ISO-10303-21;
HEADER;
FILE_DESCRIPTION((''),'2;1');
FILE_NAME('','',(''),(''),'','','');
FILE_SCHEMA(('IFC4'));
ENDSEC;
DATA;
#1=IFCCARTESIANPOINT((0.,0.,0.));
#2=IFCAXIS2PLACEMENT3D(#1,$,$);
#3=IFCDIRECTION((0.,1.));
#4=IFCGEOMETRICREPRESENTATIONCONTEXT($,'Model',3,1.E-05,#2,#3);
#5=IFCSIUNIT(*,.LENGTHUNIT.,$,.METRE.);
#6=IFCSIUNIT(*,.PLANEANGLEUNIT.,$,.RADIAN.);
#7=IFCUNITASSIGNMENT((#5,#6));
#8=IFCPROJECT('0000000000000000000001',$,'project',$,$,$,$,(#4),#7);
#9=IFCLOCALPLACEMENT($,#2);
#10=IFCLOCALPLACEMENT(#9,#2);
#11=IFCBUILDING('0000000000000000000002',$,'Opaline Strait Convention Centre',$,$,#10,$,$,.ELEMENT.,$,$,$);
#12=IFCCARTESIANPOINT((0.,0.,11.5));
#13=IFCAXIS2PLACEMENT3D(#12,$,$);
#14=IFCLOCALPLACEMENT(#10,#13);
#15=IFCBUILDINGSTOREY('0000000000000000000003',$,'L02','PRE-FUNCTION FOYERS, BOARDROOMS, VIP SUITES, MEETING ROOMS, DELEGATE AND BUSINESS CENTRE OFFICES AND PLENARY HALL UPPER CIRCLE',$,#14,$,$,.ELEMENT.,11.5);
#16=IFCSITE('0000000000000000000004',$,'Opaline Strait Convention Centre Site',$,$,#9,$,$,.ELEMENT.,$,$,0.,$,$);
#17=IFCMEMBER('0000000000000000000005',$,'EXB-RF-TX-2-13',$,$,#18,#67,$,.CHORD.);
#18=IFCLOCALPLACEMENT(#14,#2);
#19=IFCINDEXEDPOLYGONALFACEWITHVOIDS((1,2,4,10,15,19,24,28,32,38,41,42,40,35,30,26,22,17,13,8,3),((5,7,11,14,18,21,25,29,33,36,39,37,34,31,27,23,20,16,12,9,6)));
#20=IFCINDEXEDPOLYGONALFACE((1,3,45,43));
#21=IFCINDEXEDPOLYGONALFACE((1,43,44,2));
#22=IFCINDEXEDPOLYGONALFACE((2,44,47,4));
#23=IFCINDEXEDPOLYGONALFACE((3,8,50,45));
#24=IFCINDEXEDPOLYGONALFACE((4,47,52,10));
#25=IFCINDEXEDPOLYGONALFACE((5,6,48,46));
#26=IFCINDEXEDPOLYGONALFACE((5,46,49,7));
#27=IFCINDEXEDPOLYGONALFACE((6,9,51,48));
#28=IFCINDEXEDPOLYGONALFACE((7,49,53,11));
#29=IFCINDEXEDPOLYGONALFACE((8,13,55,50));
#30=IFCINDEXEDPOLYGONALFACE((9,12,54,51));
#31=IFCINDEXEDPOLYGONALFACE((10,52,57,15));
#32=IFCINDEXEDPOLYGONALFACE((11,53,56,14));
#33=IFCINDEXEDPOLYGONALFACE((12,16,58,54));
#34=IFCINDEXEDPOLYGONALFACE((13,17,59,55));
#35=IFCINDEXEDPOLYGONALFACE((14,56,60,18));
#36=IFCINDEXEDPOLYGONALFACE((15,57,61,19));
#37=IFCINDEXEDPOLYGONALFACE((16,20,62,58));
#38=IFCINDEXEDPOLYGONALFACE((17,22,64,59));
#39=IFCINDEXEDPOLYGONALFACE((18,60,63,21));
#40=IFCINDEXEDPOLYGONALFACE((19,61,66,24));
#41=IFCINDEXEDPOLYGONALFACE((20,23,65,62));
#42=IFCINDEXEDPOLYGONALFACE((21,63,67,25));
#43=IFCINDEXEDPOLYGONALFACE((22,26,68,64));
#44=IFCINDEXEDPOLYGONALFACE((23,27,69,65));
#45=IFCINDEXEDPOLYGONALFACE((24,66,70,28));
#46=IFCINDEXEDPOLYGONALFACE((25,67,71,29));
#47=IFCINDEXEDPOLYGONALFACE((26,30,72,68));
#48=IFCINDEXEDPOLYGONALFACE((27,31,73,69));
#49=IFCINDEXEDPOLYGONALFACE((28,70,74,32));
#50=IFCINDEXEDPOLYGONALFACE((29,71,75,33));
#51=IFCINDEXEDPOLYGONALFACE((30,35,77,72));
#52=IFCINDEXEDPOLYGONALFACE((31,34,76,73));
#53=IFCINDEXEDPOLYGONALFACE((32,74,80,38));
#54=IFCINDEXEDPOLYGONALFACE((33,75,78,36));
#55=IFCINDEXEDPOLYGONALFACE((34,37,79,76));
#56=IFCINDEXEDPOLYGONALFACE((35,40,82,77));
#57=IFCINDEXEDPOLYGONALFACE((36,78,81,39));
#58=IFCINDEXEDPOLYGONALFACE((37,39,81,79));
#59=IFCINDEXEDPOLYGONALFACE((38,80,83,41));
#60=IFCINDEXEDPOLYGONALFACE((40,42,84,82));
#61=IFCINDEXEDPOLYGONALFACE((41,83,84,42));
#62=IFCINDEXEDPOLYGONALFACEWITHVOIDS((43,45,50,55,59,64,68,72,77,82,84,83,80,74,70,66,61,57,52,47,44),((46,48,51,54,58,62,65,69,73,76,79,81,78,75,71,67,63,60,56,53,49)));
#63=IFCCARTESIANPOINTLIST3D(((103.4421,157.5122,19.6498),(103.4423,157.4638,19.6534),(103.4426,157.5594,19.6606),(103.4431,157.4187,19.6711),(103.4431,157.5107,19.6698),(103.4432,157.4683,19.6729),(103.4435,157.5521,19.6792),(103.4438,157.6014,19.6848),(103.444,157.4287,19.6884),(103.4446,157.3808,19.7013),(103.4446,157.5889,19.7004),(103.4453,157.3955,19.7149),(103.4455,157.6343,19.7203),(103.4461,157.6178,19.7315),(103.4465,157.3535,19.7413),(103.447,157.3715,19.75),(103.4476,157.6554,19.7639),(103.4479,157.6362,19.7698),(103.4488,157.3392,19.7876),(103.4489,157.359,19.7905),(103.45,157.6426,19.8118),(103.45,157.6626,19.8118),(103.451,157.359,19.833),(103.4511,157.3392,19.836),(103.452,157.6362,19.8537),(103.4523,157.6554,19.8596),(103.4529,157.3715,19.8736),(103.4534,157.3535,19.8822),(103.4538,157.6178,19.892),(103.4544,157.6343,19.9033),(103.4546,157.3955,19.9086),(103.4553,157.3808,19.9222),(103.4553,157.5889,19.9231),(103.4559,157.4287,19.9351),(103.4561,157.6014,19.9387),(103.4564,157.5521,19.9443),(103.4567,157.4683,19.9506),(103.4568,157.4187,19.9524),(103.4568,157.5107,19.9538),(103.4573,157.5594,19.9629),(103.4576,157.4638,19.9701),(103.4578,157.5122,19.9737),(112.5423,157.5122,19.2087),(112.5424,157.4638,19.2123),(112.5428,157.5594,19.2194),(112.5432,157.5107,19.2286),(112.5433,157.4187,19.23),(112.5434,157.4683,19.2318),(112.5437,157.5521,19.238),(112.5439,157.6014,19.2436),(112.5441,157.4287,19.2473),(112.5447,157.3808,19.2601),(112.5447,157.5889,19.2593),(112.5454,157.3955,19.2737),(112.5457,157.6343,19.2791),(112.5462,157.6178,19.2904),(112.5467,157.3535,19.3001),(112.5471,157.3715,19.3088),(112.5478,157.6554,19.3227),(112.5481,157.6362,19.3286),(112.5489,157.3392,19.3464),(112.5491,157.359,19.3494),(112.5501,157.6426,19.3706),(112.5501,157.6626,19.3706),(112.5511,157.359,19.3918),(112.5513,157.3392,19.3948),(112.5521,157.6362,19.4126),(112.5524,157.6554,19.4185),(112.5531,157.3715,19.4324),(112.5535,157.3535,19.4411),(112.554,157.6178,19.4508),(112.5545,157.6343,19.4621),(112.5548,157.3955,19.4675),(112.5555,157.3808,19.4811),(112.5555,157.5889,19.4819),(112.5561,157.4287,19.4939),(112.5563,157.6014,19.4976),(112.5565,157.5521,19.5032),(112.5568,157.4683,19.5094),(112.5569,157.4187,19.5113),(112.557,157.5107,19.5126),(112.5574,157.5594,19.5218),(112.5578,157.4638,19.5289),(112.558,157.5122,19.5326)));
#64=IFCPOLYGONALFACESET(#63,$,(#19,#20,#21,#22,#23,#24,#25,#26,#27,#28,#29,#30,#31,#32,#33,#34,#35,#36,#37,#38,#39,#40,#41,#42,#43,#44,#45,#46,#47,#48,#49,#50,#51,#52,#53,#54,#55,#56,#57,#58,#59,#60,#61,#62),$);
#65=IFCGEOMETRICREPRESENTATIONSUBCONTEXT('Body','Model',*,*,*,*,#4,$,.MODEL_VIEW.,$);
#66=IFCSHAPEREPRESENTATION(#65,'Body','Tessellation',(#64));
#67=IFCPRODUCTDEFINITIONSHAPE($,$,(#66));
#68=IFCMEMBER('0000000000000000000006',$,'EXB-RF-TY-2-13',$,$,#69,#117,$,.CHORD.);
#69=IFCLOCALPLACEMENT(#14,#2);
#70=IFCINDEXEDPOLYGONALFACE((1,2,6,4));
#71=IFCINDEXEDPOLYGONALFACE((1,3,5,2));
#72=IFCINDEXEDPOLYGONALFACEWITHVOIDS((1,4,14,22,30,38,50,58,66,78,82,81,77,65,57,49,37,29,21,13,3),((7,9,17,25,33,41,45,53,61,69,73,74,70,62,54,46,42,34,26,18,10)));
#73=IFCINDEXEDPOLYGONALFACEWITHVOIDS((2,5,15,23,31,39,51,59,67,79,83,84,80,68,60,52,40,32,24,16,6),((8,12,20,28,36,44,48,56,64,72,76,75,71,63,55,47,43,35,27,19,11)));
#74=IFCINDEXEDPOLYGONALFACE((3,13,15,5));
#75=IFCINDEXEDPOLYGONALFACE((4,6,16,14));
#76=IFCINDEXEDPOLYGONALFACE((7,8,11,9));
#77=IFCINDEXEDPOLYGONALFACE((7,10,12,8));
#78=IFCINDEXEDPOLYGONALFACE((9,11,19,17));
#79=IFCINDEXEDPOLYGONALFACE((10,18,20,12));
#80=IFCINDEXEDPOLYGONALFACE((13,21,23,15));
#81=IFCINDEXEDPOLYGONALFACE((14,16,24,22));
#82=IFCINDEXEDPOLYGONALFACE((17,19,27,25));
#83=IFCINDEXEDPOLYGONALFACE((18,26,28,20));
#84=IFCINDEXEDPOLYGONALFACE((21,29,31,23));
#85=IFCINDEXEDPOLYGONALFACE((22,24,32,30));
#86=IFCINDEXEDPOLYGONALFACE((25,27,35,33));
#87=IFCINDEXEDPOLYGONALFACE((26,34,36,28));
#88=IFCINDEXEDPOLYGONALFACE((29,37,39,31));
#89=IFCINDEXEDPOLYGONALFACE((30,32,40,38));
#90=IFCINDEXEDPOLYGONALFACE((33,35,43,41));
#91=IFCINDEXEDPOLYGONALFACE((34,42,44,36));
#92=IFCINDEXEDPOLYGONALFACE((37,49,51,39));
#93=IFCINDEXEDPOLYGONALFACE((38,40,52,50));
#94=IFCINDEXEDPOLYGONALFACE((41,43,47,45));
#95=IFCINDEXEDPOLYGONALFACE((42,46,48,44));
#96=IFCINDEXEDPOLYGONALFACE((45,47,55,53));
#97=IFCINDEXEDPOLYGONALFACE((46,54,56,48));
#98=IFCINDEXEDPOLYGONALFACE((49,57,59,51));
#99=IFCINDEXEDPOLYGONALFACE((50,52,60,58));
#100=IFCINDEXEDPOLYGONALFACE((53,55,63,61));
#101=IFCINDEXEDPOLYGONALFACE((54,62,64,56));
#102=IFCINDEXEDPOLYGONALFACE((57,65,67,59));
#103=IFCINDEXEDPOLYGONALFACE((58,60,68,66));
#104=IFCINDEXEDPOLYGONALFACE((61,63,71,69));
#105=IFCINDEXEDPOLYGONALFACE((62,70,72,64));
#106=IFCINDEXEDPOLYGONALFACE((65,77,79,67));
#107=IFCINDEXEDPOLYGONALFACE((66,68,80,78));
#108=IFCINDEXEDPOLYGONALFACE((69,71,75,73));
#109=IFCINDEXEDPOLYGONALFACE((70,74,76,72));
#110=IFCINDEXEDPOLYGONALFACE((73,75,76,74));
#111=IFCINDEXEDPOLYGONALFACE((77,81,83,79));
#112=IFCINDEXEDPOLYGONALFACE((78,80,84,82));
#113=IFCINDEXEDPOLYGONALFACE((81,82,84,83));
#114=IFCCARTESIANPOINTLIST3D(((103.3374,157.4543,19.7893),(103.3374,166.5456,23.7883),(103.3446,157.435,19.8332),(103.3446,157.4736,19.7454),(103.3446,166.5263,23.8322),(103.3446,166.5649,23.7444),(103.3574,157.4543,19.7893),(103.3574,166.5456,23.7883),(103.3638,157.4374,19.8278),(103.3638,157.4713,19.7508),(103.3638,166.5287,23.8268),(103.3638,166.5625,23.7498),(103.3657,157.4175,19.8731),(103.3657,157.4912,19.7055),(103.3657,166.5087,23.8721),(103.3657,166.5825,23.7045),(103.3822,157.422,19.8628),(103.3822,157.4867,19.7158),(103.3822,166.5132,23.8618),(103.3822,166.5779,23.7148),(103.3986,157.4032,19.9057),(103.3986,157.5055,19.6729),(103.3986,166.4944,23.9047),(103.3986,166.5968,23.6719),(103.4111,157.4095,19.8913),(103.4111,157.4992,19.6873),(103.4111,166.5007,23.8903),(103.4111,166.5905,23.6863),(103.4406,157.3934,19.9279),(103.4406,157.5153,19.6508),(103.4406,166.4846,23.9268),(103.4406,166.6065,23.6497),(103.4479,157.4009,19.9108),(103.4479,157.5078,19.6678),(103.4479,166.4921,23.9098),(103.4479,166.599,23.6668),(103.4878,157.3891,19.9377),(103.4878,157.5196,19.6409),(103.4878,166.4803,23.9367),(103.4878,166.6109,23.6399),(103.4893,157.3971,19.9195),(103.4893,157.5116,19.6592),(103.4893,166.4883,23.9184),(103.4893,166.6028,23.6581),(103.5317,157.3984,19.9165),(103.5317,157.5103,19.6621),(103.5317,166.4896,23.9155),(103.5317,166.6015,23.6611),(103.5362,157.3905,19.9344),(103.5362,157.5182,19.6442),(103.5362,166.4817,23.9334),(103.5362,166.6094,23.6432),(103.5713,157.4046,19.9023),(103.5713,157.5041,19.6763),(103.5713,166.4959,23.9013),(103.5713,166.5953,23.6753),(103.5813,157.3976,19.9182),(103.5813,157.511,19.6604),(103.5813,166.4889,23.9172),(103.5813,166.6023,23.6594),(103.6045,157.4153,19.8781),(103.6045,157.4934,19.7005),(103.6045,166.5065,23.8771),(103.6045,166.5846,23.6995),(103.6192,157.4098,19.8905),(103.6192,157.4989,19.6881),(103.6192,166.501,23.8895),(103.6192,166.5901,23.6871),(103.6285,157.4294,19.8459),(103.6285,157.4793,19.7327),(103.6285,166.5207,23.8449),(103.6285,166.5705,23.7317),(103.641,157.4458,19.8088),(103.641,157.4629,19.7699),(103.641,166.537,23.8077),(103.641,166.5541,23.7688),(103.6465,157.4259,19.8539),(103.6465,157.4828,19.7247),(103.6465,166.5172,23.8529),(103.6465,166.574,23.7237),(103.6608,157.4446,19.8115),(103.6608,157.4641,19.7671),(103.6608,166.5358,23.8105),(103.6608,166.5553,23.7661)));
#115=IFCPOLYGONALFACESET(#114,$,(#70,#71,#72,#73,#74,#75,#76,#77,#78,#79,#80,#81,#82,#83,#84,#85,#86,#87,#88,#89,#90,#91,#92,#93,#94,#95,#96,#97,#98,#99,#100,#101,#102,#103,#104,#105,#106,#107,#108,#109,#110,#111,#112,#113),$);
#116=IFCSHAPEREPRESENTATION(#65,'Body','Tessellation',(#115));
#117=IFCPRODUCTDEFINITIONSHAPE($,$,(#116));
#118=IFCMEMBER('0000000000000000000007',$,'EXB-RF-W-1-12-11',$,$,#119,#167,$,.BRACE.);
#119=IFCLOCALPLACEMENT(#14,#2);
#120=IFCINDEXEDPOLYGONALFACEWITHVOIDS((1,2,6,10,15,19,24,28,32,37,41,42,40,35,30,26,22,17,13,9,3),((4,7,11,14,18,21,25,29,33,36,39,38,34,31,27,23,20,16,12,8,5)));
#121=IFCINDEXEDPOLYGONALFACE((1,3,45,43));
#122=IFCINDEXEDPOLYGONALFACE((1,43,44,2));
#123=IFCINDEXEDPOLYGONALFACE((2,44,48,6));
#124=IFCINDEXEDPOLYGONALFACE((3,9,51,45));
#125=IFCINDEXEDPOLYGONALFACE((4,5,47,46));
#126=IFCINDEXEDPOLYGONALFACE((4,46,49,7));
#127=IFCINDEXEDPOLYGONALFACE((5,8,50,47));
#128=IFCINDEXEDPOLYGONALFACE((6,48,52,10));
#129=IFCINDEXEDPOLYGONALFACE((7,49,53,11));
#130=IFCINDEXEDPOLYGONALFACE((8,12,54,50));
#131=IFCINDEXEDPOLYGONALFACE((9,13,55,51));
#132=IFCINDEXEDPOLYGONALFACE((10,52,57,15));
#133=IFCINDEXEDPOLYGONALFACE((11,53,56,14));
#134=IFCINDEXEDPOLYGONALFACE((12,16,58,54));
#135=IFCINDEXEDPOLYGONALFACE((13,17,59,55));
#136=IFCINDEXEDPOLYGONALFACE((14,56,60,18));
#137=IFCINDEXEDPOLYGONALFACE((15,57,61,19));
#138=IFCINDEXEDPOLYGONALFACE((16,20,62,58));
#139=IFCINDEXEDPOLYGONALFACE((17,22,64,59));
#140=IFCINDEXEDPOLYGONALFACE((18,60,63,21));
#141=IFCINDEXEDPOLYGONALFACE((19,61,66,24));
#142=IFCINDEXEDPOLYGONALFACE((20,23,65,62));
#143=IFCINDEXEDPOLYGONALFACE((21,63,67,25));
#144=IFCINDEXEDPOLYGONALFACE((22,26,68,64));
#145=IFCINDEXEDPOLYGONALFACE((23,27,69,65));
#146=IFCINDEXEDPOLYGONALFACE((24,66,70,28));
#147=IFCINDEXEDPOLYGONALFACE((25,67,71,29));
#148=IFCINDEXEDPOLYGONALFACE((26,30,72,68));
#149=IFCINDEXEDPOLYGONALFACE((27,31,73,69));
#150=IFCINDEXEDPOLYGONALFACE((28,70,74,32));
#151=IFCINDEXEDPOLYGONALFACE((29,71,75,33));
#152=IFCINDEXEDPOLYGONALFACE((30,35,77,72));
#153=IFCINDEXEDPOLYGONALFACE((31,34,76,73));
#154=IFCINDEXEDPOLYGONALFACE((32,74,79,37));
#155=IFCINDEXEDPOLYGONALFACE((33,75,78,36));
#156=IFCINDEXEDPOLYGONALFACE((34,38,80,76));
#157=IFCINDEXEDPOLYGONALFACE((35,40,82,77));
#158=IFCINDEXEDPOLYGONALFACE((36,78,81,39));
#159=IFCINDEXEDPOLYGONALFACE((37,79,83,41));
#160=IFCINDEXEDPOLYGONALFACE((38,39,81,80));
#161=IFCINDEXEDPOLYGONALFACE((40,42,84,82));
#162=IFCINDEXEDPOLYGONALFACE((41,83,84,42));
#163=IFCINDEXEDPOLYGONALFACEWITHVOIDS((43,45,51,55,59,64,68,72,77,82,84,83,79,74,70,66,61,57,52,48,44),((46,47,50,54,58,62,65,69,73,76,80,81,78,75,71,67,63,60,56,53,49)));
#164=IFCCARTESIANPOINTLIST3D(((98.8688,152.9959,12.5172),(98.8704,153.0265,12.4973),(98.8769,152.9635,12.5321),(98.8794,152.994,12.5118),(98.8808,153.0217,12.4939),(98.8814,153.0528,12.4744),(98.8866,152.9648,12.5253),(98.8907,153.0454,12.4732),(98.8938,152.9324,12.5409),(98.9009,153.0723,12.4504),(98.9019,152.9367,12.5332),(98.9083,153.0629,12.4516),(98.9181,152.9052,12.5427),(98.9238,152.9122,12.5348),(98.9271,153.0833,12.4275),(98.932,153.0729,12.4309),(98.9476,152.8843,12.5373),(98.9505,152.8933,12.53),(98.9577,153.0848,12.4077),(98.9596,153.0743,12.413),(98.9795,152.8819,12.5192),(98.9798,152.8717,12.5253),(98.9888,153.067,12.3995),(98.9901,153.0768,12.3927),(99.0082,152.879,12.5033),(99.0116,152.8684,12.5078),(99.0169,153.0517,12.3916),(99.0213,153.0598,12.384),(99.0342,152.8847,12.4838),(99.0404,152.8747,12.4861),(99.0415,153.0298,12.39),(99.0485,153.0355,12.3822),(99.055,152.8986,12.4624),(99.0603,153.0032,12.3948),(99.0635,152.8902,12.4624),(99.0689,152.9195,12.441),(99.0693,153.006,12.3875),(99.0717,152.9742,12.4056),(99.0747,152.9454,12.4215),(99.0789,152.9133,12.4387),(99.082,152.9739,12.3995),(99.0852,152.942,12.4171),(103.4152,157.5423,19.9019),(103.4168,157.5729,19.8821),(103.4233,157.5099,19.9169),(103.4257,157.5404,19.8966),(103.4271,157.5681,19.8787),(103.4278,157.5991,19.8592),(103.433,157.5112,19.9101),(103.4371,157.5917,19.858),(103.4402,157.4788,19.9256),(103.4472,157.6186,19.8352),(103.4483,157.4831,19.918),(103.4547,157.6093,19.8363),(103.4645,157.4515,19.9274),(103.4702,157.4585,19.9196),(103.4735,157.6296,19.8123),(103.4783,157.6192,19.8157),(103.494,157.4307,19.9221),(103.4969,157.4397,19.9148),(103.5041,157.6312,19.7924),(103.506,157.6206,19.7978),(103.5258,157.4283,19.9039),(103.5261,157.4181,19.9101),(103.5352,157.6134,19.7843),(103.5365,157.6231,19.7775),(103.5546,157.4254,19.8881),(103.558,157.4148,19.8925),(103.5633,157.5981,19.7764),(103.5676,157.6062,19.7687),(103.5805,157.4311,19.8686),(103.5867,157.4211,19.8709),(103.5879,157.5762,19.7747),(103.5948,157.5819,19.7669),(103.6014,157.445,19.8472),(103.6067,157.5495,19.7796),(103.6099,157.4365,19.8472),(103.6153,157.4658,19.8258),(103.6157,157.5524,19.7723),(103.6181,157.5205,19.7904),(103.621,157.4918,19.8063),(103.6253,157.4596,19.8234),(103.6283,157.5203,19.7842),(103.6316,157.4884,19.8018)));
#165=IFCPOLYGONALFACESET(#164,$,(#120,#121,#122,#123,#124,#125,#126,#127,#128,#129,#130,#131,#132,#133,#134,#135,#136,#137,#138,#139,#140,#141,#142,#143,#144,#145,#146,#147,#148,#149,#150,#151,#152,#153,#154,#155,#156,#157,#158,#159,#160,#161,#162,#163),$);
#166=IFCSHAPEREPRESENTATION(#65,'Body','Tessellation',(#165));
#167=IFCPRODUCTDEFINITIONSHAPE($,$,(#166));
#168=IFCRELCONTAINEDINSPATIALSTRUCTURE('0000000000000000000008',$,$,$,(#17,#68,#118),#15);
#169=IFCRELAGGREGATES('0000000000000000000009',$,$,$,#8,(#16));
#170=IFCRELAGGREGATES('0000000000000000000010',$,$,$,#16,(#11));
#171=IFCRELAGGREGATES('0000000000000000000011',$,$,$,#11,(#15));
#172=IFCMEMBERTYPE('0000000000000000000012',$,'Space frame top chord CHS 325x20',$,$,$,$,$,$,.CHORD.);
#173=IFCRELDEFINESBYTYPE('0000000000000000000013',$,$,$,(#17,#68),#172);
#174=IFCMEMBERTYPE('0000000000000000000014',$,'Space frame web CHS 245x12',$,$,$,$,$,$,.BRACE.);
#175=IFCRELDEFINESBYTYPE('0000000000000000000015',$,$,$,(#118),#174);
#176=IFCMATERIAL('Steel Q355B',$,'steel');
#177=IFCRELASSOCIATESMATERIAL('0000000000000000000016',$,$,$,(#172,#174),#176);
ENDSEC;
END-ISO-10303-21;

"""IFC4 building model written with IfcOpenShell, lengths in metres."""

from ifc_helpers import new_model, si_unit, direction, frame, origin, origin_2d, place, context, subcontext, project, spatial, hollow_circle, extrude, material, material_profile, profile_set, type_object, element, save


model = new_model("IFC4")

# Units and contexts
model_context = context("Model", 3, precision=1e-05, world=origin(), true_north=direction((0.0, 1.0)))
body_context = subcontext(model_context, "Body", "Model", "MODEL_VIEW")
ifc_project = project(units=[si_unit("LENGTHUNIT", "METRE"), si_unit("PLANEANGLEUNIT", "RADIAN")], contexts=[model_context])

# Site, building, storey
site_placement = place(None, origin())
site = spatial("IfcSite", under=ifc_project, at=site_placement, Name="Opaline Strait Convention Centre Site", CompositionType="ELEMENT", RefElevation=0.0)
building_placement = place(site_placement, origin())
building = spatial("IfcBuilding", under=site, at=building_placement, Name="Opaline Strait Convention Centre", CompositionType="ELEMENT")
storey_placement = place(building_placement, frame((0.0, 0.0, 11.5)))
storey = spatial("IfcBuildingStorey", under=building, at=storey_placement, Name="L02", Description="PRE-FUNCTION FOYERS, BOARDROOMS, VIP SUITES, MEETING ROOMS, DELEGATE AND BUSINESS CENTRE OFFICES AND PLENARY HALL UPPER CIRCLE", CompositionType="ELEMENT", Elevation=11.5)

# Members
ifc_material_1 = material(Name="Steel Q355B", Category="steel")
ifc_material_profile_1 = material_profile(ifc_material_1, hollow_circle(Radius=0.1626, WallThickness=0.02, at=origin_2d()), Name="CHS 325x20")
ifc_profile_set_1 = profile_set([ifc_material_profile_1], Name="Steel Q355B")
member_type_1 = type_object("IfcMemberType", Name="Space frame top chord CHS 325x20", PredefinedType="CHORD", material=ifc_profile_set_1)
member_1_placement = place(storey_placement, frame((103.45, 157.5, 19.8118), z_axis=(0.998827, 0.0, -0.048422), x_axis=(0.0, 1.0, 0.0)))
element("IfcMember", 1, at=member_1_placement, inside=storey, type_object=member_type_1, Name="EXB-RF-TX-2-13", PredefinedType="CHORD", context=body_context, shape_type="SweptSolid", body=[
    extrude(hollow_circle(Radius=0.1626, WallThickness=0.02, at=origin_2d()), origin(), (0.0, 0.0, 1.0), 9.1108),
])
member_2_placement = place(storey_placement, frame((103.5, 157.4543, 19.7893), z_axis=(0.0, 0.915358, 0.402641), x_axis=(-1.0, 0.0, 0.0)))
element("IfcMember", 2, at=member_2_placement, inside=storey, type_object=member_type_1, Name="EXB-RF-TY-2-13", PredefinedType="CHORD", context=body_context, shape_type="SweptSolid", body=[
    extrude(hollow_circle(Radius=0.1626, WallThickness=0.02, at=origin_2d()), origin(), (0.0, 0.0, 1.0), 9.9319),
])
ifc_material_profile_2 = material_profile(ifc_material_1, hollow_circle(Radius=0.1226, WallThickness=0.012, at=origin_2d()), Name="CHS 245x12")
ifc_profile_set_2 = profile_set([ifc_material_profile_2], Name="Steel Q355B")
member_type_2 = type_object("IfcMemberType", Name="Space frame web CHS 245x12", PredefinedType="BRACE", material=ifc_profile_set_2)
member_3_placement = place(storey_placement, frame((103.5232, 157.5232, 19.8472), z_axis=(-0.464318, -0.464318, -0.754199), x_axis=(0.707107, -0.707107, 0.0)))
element("IfcMember", 3, at=member_3_placement, inside=storey, type_object=member_type_2, Name="EXB-RF-W-1-12-11", PredefinedType="BRACE", context=body_context, shape_type="SweptSolid", body=[
    extrude(hollow_circle(Radius=0.1226, WallThickness=0.012, at=origin_2d()), origin(), (0.0, 0.0, 1.0), 9.7915),
])

save(model, "model.ifc")
